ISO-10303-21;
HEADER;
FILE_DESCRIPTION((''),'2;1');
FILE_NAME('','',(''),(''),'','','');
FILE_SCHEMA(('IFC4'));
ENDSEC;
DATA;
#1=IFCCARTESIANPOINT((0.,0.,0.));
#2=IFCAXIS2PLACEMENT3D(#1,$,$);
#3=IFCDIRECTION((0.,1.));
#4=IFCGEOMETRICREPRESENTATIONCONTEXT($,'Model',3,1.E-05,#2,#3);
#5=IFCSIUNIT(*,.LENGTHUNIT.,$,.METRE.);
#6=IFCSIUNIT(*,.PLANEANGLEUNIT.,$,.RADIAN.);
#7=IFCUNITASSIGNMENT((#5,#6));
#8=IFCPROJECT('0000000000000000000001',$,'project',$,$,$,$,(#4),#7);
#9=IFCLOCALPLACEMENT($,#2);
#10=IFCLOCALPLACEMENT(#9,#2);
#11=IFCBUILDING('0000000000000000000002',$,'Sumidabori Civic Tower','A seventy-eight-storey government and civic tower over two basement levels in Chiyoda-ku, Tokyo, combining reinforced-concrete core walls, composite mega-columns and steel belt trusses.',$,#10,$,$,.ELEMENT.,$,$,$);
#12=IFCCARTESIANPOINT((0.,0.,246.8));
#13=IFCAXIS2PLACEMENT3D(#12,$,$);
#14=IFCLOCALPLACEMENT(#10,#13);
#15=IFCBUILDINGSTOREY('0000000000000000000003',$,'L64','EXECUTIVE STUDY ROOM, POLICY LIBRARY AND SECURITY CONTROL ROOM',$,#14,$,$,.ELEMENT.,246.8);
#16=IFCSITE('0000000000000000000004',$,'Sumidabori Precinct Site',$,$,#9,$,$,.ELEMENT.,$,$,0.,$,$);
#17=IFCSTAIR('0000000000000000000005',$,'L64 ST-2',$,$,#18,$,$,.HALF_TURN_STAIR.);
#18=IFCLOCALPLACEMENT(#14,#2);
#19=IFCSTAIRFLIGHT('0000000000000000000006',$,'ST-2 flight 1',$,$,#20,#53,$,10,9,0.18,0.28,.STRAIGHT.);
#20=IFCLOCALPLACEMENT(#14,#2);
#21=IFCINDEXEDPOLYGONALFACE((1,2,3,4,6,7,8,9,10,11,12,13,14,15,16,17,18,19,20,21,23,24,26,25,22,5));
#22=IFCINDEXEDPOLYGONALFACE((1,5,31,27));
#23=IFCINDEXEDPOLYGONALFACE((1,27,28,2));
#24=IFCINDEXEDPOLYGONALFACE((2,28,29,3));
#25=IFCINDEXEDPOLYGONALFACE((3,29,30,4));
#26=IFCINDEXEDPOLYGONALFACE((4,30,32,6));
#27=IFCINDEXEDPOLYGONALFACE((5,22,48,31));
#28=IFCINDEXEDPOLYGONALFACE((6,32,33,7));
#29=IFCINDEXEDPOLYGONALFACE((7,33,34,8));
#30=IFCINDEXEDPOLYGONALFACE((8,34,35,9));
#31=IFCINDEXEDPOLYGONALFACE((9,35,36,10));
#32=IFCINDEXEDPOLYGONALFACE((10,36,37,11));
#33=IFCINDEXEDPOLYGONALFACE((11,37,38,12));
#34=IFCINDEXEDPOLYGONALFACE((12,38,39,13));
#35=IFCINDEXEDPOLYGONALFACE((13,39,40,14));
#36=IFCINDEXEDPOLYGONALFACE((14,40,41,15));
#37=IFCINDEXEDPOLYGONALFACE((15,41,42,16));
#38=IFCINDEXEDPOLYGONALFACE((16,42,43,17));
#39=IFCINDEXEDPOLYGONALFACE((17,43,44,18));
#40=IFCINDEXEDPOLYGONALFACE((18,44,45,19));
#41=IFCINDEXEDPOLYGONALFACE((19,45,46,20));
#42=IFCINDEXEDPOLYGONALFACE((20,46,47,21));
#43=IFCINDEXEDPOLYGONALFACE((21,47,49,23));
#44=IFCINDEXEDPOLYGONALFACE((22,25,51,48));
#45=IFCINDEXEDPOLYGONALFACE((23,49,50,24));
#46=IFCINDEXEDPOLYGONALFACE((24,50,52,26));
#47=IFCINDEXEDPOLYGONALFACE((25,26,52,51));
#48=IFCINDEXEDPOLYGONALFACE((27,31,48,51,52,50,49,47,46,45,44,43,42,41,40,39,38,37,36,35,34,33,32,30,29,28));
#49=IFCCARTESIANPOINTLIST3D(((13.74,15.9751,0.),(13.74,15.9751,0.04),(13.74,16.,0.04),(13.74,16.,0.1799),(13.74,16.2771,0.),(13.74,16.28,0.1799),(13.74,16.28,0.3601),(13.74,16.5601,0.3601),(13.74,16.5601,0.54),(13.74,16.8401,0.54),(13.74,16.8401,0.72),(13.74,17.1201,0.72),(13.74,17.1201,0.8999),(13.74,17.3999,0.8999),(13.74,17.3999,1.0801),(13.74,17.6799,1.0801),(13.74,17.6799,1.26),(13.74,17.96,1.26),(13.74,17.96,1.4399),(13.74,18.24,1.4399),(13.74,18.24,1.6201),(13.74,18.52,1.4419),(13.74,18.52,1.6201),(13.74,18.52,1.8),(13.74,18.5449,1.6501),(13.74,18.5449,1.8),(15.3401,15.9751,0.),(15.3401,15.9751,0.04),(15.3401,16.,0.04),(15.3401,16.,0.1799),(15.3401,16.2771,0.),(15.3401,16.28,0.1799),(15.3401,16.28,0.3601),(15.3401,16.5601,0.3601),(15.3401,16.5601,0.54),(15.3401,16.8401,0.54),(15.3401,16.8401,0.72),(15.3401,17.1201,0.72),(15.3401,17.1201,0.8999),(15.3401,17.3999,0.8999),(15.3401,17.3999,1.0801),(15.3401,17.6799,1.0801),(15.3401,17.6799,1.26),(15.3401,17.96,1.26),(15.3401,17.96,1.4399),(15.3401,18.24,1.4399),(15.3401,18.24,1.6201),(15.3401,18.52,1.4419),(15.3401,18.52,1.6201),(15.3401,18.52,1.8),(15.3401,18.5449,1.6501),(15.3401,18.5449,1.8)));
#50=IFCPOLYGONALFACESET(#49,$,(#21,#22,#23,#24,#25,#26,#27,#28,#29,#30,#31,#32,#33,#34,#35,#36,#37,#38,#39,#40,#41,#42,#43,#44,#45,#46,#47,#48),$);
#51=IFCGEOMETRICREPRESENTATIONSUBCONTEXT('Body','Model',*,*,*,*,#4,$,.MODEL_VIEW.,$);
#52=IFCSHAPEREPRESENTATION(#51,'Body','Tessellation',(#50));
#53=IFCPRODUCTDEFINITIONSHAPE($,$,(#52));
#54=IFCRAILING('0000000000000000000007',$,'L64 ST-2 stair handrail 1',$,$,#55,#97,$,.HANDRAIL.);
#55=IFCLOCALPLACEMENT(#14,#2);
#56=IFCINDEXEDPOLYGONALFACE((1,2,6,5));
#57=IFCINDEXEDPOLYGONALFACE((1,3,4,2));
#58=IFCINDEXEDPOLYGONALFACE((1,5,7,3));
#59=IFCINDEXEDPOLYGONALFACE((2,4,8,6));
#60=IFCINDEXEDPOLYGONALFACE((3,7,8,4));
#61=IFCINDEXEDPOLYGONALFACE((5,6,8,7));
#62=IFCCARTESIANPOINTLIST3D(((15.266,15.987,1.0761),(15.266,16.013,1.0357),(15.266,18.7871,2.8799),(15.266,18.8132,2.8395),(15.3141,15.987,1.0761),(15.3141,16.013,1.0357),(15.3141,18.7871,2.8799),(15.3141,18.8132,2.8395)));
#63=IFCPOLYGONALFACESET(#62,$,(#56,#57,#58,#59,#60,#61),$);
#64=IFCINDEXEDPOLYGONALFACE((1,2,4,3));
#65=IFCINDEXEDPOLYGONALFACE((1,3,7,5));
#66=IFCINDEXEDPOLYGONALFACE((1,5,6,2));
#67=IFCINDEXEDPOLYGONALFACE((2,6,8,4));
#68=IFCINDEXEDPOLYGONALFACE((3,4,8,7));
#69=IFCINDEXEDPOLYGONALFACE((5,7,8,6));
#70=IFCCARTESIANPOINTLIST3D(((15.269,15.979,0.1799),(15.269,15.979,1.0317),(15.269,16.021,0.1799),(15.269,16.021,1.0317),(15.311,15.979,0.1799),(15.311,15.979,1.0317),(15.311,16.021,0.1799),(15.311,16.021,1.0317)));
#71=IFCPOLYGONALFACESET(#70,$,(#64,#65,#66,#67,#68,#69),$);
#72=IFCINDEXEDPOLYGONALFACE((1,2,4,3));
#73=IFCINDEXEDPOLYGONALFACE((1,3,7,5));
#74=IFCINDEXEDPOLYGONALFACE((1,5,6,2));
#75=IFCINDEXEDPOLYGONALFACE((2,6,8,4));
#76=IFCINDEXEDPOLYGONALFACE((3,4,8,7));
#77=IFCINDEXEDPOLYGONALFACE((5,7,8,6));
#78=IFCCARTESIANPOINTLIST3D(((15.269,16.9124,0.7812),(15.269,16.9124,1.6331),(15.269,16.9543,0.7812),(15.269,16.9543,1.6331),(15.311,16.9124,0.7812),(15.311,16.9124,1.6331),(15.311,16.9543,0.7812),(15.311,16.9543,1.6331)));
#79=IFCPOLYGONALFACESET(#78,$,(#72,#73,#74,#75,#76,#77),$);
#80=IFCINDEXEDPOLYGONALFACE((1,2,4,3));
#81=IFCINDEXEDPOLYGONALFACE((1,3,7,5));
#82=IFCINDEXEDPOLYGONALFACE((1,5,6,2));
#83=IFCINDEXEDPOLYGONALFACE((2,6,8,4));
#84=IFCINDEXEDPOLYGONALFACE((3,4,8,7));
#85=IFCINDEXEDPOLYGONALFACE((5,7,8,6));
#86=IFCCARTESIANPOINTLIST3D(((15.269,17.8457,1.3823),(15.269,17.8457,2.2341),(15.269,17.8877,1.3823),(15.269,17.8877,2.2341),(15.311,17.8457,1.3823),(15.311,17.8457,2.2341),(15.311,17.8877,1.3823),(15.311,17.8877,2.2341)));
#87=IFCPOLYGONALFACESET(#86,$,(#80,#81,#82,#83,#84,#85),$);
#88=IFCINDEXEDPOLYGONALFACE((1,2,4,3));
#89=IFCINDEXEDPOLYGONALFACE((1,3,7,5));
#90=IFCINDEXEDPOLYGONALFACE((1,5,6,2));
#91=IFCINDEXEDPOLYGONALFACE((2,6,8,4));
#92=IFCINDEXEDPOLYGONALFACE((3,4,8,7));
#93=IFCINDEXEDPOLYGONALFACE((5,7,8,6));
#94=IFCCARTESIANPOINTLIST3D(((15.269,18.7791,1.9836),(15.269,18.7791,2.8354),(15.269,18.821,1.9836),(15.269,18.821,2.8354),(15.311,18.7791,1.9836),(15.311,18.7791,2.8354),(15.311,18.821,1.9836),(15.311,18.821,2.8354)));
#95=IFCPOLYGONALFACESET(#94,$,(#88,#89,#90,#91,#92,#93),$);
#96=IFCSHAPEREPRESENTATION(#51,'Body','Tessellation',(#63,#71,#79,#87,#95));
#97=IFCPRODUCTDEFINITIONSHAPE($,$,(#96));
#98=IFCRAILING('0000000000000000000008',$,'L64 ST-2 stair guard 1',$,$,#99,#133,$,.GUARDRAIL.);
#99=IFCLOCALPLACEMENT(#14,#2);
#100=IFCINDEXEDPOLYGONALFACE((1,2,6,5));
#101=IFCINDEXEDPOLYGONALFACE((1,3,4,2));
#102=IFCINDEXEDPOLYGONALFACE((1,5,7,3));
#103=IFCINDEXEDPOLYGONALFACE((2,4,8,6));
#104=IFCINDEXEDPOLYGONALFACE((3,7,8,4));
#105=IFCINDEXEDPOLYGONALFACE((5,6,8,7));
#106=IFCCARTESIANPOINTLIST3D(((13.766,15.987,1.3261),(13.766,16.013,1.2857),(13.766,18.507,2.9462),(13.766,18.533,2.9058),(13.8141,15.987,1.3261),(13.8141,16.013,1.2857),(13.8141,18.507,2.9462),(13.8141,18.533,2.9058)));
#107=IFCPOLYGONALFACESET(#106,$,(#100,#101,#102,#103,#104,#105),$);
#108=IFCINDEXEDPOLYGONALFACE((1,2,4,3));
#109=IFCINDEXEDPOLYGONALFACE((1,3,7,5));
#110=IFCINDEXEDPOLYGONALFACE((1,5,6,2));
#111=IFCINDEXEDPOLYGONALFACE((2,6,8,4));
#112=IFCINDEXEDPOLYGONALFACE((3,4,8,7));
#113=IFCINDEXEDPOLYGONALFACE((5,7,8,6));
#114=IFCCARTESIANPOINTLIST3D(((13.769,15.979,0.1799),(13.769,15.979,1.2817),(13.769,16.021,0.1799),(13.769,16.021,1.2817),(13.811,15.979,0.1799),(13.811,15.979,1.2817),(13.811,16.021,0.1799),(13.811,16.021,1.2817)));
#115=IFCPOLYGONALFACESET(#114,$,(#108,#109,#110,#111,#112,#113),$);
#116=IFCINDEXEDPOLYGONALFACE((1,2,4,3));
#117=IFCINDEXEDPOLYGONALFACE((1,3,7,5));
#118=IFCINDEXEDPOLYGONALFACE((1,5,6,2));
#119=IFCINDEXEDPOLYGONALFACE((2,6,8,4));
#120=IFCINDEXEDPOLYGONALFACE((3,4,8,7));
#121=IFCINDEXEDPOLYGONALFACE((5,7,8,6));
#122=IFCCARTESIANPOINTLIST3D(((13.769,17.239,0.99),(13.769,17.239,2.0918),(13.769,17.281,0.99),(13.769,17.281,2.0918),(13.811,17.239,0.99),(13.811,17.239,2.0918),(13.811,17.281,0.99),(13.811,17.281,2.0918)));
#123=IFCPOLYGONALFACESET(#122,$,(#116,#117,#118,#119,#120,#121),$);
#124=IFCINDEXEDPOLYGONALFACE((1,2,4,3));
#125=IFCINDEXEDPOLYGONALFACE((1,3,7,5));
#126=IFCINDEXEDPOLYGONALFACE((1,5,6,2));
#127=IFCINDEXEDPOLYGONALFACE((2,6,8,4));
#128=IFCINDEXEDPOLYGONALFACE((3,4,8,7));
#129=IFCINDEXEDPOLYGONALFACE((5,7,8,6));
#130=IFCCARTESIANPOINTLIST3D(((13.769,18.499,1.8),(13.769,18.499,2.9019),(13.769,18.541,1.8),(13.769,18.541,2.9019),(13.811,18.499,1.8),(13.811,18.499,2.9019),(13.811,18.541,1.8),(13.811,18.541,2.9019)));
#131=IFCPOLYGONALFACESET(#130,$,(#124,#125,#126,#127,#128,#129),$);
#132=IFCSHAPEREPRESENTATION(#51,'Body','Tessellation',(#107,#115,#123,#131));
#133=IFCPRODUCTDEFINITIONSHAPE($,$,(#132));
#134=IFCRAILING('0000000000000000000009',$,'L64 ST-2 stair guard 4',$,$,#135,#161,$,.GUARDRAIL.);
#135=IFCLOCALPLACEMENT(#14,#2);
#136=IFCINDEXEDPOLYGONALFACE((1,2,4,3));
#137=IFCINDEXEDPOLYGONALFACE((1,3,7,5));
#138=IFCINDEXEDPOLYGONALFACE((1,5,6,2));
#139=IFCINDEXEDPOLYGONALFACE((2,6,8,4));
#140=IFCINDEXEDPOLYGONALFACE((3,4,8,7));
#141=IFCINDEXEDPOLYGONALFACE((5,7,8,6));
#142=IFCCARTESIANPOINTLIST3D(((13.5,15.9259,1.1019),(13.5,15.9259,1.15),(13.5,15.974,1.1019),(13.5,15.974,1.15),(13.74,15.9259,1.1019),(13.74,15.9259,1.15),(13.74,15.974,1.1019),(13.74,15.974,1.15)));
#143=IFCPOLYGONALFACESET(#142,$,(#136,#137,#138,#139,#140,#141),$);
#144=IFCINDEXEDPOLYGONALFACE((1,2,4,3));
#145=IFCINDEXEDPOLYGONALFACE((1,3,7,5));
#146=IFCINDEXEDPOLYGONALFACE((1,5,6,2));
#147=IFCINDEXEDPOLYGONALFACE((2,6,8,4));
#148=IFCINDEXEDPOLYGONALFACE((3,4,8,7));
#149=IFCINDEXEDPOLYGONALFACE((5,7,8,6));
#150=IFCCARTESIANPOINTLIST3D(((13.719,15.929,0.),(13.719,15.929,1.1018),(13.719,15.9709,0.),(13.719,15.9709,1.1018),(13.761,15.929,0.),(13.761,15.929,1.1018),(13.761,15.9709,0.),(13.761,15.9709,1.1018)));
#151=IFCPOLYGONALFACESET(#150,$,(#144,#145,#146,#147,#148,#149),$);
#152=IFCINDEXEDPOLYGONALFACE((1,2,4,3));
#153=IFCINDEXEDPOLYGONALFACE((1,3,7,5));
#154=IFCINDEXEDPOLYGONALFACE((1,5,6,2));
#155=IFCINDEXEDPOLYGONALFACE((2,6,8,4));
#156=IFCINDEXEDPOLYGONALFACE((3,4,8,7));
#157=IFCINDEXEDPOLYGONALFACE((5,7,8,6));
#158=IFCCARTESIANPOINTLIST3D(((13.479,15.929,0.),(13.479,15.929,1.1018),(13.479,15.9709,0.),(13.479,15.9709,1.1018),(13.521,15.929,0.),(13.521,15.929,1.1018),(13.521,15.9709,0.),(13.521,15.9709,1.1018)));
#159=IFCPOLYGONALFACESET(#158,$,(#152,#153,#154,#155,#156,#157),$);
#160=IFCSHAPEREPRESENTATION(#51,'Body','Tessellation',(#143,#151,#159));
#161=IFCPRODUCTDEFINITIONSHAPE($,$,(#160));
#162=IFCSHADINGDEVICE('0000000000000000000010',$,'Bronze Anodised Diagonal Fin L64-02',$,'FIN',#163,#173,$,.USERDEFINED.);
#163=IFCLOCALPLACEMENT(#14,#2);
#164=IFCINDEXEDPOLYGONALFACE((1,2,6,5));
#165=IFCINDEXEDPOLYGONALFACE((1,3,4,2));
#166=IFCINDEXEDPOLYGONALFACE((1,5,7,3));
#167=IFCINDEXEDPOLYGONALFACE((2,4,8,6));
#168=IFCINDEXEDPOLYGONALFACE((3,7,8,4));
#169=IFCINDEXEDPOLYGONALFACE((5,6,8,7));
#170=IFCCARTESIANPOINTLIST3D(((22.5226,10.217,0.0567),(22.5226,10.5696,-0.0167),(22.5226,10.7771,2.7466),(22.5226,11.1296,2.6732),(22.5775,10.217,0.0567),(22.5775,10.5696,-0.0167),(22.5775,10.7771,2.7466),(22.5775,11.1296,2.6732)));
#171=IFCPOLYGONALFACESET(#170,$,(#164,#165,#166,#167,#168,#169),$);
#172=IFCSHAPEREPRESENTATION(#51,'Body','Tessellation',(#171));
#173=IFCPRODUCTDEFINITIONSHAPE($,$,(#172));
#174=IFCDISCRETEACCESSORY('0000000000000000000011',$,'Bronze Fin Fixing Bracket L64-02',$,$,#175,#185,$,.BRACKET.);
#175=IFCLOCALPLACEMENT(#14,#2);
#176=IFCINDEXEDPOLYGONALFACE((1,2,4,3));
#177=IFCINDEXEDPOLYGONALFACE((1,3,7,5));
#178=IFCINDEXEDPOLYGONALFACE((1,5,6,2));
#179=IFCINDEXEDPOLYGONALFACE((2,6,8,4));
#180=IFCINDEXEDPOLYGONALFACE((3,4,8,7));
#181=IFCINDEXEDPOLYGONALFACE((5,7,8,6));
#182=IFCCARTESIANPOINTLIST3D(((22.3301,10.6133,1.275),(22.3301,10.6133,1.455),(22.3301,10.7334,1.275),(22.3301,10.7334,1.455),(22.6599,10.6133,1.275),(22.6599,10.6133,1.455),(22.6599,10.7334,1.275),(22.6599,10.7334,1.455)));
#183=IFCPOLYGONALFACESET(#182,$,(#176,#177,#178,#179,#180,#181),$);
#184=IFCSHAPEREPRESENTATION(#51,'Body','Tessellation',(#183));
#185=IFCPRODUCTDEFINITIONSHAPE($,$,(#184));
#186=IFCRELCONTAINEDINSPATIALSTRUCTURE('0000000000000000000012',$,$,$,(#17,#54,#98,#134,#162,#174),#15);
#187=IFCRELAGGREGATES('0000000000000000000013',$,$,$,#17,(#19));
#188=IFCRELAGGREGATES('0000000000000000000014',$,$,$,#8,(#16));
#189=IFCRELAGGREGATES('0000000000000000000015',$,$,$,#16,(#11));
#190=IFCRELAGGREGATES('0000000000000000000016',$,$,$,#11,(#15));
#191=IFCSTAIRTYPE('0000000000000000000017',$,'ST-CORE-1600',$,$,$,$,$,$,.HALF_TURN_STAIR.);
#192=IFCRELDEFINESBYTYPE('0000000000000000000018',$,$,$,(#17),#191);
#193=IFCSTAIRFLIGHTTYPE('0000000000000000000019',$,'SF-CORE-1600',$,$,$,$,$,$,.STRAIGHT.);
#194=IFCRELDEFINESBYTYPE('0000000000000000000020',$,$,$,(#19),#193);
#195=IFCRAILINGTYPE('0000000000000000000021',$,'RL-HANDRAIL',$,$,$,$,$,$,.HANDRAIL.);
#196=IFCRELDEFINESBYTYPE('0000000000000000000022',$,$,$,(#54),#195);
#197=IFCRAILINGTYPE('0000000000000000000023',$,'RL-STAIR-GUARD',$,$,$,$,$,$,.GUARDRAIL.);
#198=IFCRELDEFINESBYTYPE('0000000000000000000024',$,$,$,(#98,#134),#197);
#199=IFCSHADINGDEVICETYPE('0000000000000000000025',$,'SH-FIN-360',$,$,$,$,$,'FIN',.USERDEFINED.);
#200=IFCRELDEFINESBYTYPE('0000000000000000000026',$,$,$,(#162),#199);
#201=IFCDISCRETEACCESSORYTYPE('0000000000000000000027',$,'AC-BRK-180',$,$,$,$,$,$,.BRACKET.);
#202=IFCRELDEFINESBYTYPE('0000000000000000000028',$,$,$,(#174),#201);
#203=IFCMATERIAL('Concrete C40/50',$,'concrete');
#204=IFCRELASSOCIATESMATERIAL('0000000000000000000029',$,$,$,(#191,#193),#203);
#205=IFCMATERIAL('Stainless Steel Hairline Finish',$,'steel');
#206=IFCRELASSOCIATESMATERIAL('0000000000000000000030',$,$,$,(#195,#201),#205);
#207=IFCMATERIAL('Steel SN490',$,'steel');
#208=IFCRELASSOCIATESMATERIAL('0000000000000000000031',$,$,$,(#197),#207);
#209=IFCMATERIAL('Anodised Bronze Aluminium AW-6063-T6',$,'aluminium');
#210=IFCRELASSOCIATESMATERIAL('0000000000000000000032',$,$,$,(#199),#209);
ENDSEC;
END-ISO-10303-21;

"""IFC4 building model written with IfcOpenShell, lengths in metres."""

from ifc_helpers import new_model, si_unit, direction, frame, origin, origin_2d, place, context, subcontext, project, spatial, polyline, rectangle, outline, extrude, source, transform, mapped, material, material_profile, profile_set, type_object, element, aggregate, save


model = new_model("IFC4")

# Units and contexts
model_context = context("Model", 3, precision=1e-05, world=origin(), true_north=direction((0.0, 1.0)))
body_context = subcontext(model_context, "Body", "Model", "MODEL_VIEW")
ifc_project = project(units=[si_unit("LENGTHUNIT", "METRE"), si_unit("PLANEANGLEUNIT", "RADIAN")], contexts=[model_context])

# Site, building, storey
site_placement = place(None, origin())
site = spatial("IfcSite", under=ifc_project, at=site_placement, Name="Sumidabori Precinct Site", CompositionType="ELEMENT", RefElevation=0.0)
building_placement = place(site_placement, origin())
building = spatial("IfcBuilding", under=site, at=building_placement, Name="Sumidabori Civic Tower", Description="A seventy-eight-storey government and civic tower over two basement levels in Chiyoda-ku, Tokyo, combining reinforced-concrete core walls, composite mega-columns and steel belt trusses.", CompositionType="ELEMENT")
storey_placement = place(building_placement, frame((0.0, 0.0, 246.8)))
storey = spatial("IfcBuildingStorey", under=building, at=storey_placement, Name="L64", Description="EXECUTIVE STUDY ROOM, POLICY LIBRARY AND SECURITY CONTROL ROOM", CompositionType="ELEMENT", Elevation=246.8)

# Shared definitions
ifc_material_1 = material(Name="Steel SN490", Category="steel")

# Shared definitions
ifc_material_2 = material(Name="Anodised Bronze Aluminium AW-6063-T6", Category="aluminium")

# Shared definitions
ifc_material_3 = material(Name="Stainless Steel Hairline Finish", Category="steel")

# Stair, stair flight
ifc_material_4 = material(Name="Concrete C40/50", Category="concrete")
stair_type = type_object("IfcStairType", Name="ST-CORE-1600", PredefinedType="HALF_TURN_STAIR", material=ifc_material_4)
stair_placement = place(storey_placement, origin())
stair = element("IfcStair", 1, at=stair_placement, inside=storey, type_object=stair_type, Name="L64 ST-2", PredefinedType="HALF_TURN_STAIR")
stair_flight_type = type_object("IfcStairFlightType", Name="SF-CORE-1600", PredefinedType="STRAIGHT", material=ifc_material_4)
shared_shape_1 = source(origin(), body_context, "Body", "SweptSolid", [
    extrude(outline(polyline([(-0.0249, 0.0), (-0.0249, 0.04), (0.0, 0.04), (0.0, 0.1799), (0.28, 0.1799), (0.28, 0.3601), (0.5601, 0.3601), (0.5601, 0.54), (0.8401, 0.54), (0.8401, 0.72), (1.1201, 0.72), (1.1201, 0.8999), (1.3999, 0.8999), (1.3999, 1.0801), (1.6799, 1.0801), (1.6799, 1.26), (1.96, 1.26), (1.96, 1.4399), (2.24, 1.4399), (2.24, 1.6201), (2.52, 1.6201), (2.52, 1.8), (2.5449, 1.8), (2.5449, 1.6501), (2.52, 1.4419), (0.2771, 0.0), (-0.0249, 0.0)])), frame((0.0, 0.8, 0.0), z_axis=(0.0, -1.0, 0.0), x_axis=(1.0, 0.0, 0.0)), (0.0, 0.0, 1.0), 1.6001),
])
stair_flight_placement = place(storey_placement, frame((14.54, 16.0, 0.0), z_axis=(0.0, 0.0, 1.0), x_axis=(0.0, 1.0, 0.0)))
stair_flight = element("IfcStairFlight", 2, at=stair_flight_placement, type_object=stair_flight_type, Name="ST-2 flight 1", NumberOfRisers=10, NumberOfTreads=9, PredefinedType="STRAIGHT", RiserHeight=0.18, TreadLength=0.28, context=body_context, shape_type="MappedRepresentation", body=[
    mapped(shared_shape_1, transform((0.0, 0.0, 0.0), x_axis=(1.0, 0.0, 0.0), y_axis=(0.0, 1.0, 0.0), z_axis=(0.0, 0.0, 1.0), scale=1.0)),
])
aggregate(stair, [stair_flight])

# Railings
railing_type_1 = type_object("IfcRailingType", Name="RL-HANDRAIL", PredefinedType="HANDRAIL", material=ifc_material_3)
railing_1_placement = place(storey_placement, frame((15.29, 16.0, 0.1799)))
element("IfcRailing", 3, at=railing_1_placement, inside=storey, type_object=railing_type_1, Name="L64 ST-2 stair handrail 1", PredefinedType="HANDRAIL", context=body_context, shape_type="SweptSolid", body=[
    extrude(rectangle(XDim=0.0481, YDim=0.0481, at=origin_2d()), frame((0.0, 0.0, 0.876), z_axis=(0.0, 0.840676, 0.541539), x_axis=(-1.0, 0.0, 0.0)), (0.0, 0.0, 1.0), 3.3308),
    extrude(rectangle(XDim=0.042, YDim=0.042, at=origin_2d()), origin(), (0.0, 0.0, 1.0), 0.8518),
    extrude(rectangle(XDim=0.042, YDim=0.042, at=origin_2d()), frame((0.0, 0.9333, 0.6013)), (0.0, 0.0, 1.0), 0.8518),
    extrude(rectangle(XDim=0.042, YDim=0.042, at=origin_2d()), frame((0.0, 1.8667, 1.2024)), (0.0, 0.0, 1.0), 0.8518),
    extrude(rectangle(XDim=0.042, YDim=0.042, at=origin_2d()), frame((0.0, 2.8, 1.8037)), (0.0, 0.0, 1.0), 0.8518),
])
railing_type_2 = type_object("IfcRailingType", Name="RL-STAIR-GUARD", PredefinedType="GUARDRAIL", material=ifc_material_1)
railing_2_placement = place(storey_placement, frame((13.79, 16.0, 0.1799)))
element("IfcRailing", 4, at=railing_2_placement, inside=storey, type_object=railing_type_2, Name="L64 ST-2 stair guard 1", PredefinedType="GUARDRAIL", context=body_context, shape_type="SweptSolid", body=[
    extrude(rectangle(XDim=0.0481, YDim=0.0481, at=origin_2d()), frame((0.0, 0.0, 1.126), z_axis=(0.0, 0.841163, 0.540782), x_axis=(-1.0, 0.0, 0.0)), (0.0, 0.0, 1.0), 2.9958),
    extrude(rectangle(XDim=0.042, YDim=0.042, at=origin_2d()), origin(), (0.0, 0.0, 1.0), 1.1018),
    extrude(rectangle(XDim=0.042, YDim=0.042, at=origin_2d()), frame((0.0, 1.26, 0.8101)), (0.0, 0.0, 1.0), 1.1018),
    extrude(rectangle(XDim=0.042, YDim=0.042, at=origin_2d()), frame((0.0, 2.52, 1.6201)), (0.0, 0.0, 1.0), 1.1018),
])
railing_3_placement = place(storey_placement, frame((13.74, 15.95, 0.0)))
element("IfcRailing", 5, at=railing_3_placement, inside=storey, type_object=railing_type_2, Name="L64 ST-2 stair guard 4", PredefinedType="GUARDRAIL", context=body_context, shape_type="SweptSolid", body=[
    extrude(rectangle(XDim=0.0481, YDim=0.0481, at=origin_2d()), frame((0.0, 0.0, 1.126), z_axis=(-1.0, 0.0, 0.0), x_axis=(0.0, -1.0, 0.0)), (0.0, 0.0, 1.0), 0.24),
    extrude(rectangle(XDim=0.042, YDim=0.042, at=origin_2d()), origin(), (0.0, 0.0, 1.0), 1.1018),
    extrude(rectangle(XDim=0.042, YDim=0.042, at=origin_2d()), frame((-0.24, 0.0, 0.0)), (0.0, 0.0, 1.0), 1.1018),
])

# Shading device
ifc_material_profile_1 = material_profile(ifc_material_2, rectangle(XDim=0.0549, YDim=0.3601, at=origin_2d()), Name="BRONZE FIN 360x55")
ifc_profile_set_1 = profile_set([ifc_material_profile_1], Name="Anodised Bronze Aluminium AW-6063-T6")
shading_device_type = type_object("IfcShadingDeviceType", Name="SH-FIN-360", ElementType="FIN", PredefinedType="USERDEFINED", material=ifc_profile_set_1)
shared_shape_2 = source(origin(), body_context, "Body", "SweptSolid", [
    extrude(rectangle(XDim=0.0549, YDim=0.3601, at=origin_2d()), origin(), (0.0, 0.0, 1.0), 2.7476),
])
shading_device_placement = place(storey_placement, frame((22.55, 10.3933, 0.02), z_axis=(0.0, 0.203834, 0.979006), x_axis=(-1.0, 0.0, 0.0)))
element("IfcShadingDevice", 6, at=shading_device_placement, inside=storey, type_object=shading_device_type, Name="Bronze Anodised Diagonal Fin L64-02", ObjectType="FIN", PredefinedType="USERDEFINED", context=body_context, shape_type="MappedRepresentation", body=[
    mapped(shared_shape_2, transform((0.0, 0.0, 0.0), x_axis=(1.0, 0.0, 0.0), y_axis=(0.0, 1.0, 0.0), z_axis=(0.0, 0.0, 1.0), scale=1.0)),
])

# Discrete accessory
ifc_material_profile_2 = material_profile(ifc_material_3, rectangle(XDim=0.1201, YDim=0.1799, at=origin_2d()), Name="STEEL BRACKET 180x120")
ifc_profile_set_2 = profile_set([ifc_material_profile_2], Name="Stainless Steel Hairline Finish")
discrete_accessory_type = type_object("IfcDiscreteAccessoryType", Name="AC-BRK-180", PredefinedType="BRACKET", material=ifc_profile_set_2)
shared_shape_3 = source(origin(), body_context, "Body", "SweptSolid", [
    extrude(rectangle(XDim=0.1201, YDim=0.1799, at=origin_2d()), origin(), (0.0, 0.0, 1.0), 0.3298),
])
discrete_accessory_placement = place(storey_placement, frame((22.3301, 10.6733, 1.365), z_axis=(1.0, 0.0, 0.0), x_axis=(0.0, 1.0, 0.0)))
element("IfcDiscreteAccessory", 7, at=discrete_accessory_placement, inside=storey, type_object=discrete_accessory_type, Name="Bronze Fin Fixing Bracket L64-02", PredefinedType="BRACKET", context=body_context, shape_type="MappedRepresentation", body=[
    mapped(shared_shape_3, transform((0.0, 0.0, 0.0), x_axis=(1.0, 0.0, 0.0), y_axis=(0.0, 1.0, 0.0), z_axis=(0.0, 0.0, 1.0), scale=1.0)),
])

save(model, "model.ifc")
